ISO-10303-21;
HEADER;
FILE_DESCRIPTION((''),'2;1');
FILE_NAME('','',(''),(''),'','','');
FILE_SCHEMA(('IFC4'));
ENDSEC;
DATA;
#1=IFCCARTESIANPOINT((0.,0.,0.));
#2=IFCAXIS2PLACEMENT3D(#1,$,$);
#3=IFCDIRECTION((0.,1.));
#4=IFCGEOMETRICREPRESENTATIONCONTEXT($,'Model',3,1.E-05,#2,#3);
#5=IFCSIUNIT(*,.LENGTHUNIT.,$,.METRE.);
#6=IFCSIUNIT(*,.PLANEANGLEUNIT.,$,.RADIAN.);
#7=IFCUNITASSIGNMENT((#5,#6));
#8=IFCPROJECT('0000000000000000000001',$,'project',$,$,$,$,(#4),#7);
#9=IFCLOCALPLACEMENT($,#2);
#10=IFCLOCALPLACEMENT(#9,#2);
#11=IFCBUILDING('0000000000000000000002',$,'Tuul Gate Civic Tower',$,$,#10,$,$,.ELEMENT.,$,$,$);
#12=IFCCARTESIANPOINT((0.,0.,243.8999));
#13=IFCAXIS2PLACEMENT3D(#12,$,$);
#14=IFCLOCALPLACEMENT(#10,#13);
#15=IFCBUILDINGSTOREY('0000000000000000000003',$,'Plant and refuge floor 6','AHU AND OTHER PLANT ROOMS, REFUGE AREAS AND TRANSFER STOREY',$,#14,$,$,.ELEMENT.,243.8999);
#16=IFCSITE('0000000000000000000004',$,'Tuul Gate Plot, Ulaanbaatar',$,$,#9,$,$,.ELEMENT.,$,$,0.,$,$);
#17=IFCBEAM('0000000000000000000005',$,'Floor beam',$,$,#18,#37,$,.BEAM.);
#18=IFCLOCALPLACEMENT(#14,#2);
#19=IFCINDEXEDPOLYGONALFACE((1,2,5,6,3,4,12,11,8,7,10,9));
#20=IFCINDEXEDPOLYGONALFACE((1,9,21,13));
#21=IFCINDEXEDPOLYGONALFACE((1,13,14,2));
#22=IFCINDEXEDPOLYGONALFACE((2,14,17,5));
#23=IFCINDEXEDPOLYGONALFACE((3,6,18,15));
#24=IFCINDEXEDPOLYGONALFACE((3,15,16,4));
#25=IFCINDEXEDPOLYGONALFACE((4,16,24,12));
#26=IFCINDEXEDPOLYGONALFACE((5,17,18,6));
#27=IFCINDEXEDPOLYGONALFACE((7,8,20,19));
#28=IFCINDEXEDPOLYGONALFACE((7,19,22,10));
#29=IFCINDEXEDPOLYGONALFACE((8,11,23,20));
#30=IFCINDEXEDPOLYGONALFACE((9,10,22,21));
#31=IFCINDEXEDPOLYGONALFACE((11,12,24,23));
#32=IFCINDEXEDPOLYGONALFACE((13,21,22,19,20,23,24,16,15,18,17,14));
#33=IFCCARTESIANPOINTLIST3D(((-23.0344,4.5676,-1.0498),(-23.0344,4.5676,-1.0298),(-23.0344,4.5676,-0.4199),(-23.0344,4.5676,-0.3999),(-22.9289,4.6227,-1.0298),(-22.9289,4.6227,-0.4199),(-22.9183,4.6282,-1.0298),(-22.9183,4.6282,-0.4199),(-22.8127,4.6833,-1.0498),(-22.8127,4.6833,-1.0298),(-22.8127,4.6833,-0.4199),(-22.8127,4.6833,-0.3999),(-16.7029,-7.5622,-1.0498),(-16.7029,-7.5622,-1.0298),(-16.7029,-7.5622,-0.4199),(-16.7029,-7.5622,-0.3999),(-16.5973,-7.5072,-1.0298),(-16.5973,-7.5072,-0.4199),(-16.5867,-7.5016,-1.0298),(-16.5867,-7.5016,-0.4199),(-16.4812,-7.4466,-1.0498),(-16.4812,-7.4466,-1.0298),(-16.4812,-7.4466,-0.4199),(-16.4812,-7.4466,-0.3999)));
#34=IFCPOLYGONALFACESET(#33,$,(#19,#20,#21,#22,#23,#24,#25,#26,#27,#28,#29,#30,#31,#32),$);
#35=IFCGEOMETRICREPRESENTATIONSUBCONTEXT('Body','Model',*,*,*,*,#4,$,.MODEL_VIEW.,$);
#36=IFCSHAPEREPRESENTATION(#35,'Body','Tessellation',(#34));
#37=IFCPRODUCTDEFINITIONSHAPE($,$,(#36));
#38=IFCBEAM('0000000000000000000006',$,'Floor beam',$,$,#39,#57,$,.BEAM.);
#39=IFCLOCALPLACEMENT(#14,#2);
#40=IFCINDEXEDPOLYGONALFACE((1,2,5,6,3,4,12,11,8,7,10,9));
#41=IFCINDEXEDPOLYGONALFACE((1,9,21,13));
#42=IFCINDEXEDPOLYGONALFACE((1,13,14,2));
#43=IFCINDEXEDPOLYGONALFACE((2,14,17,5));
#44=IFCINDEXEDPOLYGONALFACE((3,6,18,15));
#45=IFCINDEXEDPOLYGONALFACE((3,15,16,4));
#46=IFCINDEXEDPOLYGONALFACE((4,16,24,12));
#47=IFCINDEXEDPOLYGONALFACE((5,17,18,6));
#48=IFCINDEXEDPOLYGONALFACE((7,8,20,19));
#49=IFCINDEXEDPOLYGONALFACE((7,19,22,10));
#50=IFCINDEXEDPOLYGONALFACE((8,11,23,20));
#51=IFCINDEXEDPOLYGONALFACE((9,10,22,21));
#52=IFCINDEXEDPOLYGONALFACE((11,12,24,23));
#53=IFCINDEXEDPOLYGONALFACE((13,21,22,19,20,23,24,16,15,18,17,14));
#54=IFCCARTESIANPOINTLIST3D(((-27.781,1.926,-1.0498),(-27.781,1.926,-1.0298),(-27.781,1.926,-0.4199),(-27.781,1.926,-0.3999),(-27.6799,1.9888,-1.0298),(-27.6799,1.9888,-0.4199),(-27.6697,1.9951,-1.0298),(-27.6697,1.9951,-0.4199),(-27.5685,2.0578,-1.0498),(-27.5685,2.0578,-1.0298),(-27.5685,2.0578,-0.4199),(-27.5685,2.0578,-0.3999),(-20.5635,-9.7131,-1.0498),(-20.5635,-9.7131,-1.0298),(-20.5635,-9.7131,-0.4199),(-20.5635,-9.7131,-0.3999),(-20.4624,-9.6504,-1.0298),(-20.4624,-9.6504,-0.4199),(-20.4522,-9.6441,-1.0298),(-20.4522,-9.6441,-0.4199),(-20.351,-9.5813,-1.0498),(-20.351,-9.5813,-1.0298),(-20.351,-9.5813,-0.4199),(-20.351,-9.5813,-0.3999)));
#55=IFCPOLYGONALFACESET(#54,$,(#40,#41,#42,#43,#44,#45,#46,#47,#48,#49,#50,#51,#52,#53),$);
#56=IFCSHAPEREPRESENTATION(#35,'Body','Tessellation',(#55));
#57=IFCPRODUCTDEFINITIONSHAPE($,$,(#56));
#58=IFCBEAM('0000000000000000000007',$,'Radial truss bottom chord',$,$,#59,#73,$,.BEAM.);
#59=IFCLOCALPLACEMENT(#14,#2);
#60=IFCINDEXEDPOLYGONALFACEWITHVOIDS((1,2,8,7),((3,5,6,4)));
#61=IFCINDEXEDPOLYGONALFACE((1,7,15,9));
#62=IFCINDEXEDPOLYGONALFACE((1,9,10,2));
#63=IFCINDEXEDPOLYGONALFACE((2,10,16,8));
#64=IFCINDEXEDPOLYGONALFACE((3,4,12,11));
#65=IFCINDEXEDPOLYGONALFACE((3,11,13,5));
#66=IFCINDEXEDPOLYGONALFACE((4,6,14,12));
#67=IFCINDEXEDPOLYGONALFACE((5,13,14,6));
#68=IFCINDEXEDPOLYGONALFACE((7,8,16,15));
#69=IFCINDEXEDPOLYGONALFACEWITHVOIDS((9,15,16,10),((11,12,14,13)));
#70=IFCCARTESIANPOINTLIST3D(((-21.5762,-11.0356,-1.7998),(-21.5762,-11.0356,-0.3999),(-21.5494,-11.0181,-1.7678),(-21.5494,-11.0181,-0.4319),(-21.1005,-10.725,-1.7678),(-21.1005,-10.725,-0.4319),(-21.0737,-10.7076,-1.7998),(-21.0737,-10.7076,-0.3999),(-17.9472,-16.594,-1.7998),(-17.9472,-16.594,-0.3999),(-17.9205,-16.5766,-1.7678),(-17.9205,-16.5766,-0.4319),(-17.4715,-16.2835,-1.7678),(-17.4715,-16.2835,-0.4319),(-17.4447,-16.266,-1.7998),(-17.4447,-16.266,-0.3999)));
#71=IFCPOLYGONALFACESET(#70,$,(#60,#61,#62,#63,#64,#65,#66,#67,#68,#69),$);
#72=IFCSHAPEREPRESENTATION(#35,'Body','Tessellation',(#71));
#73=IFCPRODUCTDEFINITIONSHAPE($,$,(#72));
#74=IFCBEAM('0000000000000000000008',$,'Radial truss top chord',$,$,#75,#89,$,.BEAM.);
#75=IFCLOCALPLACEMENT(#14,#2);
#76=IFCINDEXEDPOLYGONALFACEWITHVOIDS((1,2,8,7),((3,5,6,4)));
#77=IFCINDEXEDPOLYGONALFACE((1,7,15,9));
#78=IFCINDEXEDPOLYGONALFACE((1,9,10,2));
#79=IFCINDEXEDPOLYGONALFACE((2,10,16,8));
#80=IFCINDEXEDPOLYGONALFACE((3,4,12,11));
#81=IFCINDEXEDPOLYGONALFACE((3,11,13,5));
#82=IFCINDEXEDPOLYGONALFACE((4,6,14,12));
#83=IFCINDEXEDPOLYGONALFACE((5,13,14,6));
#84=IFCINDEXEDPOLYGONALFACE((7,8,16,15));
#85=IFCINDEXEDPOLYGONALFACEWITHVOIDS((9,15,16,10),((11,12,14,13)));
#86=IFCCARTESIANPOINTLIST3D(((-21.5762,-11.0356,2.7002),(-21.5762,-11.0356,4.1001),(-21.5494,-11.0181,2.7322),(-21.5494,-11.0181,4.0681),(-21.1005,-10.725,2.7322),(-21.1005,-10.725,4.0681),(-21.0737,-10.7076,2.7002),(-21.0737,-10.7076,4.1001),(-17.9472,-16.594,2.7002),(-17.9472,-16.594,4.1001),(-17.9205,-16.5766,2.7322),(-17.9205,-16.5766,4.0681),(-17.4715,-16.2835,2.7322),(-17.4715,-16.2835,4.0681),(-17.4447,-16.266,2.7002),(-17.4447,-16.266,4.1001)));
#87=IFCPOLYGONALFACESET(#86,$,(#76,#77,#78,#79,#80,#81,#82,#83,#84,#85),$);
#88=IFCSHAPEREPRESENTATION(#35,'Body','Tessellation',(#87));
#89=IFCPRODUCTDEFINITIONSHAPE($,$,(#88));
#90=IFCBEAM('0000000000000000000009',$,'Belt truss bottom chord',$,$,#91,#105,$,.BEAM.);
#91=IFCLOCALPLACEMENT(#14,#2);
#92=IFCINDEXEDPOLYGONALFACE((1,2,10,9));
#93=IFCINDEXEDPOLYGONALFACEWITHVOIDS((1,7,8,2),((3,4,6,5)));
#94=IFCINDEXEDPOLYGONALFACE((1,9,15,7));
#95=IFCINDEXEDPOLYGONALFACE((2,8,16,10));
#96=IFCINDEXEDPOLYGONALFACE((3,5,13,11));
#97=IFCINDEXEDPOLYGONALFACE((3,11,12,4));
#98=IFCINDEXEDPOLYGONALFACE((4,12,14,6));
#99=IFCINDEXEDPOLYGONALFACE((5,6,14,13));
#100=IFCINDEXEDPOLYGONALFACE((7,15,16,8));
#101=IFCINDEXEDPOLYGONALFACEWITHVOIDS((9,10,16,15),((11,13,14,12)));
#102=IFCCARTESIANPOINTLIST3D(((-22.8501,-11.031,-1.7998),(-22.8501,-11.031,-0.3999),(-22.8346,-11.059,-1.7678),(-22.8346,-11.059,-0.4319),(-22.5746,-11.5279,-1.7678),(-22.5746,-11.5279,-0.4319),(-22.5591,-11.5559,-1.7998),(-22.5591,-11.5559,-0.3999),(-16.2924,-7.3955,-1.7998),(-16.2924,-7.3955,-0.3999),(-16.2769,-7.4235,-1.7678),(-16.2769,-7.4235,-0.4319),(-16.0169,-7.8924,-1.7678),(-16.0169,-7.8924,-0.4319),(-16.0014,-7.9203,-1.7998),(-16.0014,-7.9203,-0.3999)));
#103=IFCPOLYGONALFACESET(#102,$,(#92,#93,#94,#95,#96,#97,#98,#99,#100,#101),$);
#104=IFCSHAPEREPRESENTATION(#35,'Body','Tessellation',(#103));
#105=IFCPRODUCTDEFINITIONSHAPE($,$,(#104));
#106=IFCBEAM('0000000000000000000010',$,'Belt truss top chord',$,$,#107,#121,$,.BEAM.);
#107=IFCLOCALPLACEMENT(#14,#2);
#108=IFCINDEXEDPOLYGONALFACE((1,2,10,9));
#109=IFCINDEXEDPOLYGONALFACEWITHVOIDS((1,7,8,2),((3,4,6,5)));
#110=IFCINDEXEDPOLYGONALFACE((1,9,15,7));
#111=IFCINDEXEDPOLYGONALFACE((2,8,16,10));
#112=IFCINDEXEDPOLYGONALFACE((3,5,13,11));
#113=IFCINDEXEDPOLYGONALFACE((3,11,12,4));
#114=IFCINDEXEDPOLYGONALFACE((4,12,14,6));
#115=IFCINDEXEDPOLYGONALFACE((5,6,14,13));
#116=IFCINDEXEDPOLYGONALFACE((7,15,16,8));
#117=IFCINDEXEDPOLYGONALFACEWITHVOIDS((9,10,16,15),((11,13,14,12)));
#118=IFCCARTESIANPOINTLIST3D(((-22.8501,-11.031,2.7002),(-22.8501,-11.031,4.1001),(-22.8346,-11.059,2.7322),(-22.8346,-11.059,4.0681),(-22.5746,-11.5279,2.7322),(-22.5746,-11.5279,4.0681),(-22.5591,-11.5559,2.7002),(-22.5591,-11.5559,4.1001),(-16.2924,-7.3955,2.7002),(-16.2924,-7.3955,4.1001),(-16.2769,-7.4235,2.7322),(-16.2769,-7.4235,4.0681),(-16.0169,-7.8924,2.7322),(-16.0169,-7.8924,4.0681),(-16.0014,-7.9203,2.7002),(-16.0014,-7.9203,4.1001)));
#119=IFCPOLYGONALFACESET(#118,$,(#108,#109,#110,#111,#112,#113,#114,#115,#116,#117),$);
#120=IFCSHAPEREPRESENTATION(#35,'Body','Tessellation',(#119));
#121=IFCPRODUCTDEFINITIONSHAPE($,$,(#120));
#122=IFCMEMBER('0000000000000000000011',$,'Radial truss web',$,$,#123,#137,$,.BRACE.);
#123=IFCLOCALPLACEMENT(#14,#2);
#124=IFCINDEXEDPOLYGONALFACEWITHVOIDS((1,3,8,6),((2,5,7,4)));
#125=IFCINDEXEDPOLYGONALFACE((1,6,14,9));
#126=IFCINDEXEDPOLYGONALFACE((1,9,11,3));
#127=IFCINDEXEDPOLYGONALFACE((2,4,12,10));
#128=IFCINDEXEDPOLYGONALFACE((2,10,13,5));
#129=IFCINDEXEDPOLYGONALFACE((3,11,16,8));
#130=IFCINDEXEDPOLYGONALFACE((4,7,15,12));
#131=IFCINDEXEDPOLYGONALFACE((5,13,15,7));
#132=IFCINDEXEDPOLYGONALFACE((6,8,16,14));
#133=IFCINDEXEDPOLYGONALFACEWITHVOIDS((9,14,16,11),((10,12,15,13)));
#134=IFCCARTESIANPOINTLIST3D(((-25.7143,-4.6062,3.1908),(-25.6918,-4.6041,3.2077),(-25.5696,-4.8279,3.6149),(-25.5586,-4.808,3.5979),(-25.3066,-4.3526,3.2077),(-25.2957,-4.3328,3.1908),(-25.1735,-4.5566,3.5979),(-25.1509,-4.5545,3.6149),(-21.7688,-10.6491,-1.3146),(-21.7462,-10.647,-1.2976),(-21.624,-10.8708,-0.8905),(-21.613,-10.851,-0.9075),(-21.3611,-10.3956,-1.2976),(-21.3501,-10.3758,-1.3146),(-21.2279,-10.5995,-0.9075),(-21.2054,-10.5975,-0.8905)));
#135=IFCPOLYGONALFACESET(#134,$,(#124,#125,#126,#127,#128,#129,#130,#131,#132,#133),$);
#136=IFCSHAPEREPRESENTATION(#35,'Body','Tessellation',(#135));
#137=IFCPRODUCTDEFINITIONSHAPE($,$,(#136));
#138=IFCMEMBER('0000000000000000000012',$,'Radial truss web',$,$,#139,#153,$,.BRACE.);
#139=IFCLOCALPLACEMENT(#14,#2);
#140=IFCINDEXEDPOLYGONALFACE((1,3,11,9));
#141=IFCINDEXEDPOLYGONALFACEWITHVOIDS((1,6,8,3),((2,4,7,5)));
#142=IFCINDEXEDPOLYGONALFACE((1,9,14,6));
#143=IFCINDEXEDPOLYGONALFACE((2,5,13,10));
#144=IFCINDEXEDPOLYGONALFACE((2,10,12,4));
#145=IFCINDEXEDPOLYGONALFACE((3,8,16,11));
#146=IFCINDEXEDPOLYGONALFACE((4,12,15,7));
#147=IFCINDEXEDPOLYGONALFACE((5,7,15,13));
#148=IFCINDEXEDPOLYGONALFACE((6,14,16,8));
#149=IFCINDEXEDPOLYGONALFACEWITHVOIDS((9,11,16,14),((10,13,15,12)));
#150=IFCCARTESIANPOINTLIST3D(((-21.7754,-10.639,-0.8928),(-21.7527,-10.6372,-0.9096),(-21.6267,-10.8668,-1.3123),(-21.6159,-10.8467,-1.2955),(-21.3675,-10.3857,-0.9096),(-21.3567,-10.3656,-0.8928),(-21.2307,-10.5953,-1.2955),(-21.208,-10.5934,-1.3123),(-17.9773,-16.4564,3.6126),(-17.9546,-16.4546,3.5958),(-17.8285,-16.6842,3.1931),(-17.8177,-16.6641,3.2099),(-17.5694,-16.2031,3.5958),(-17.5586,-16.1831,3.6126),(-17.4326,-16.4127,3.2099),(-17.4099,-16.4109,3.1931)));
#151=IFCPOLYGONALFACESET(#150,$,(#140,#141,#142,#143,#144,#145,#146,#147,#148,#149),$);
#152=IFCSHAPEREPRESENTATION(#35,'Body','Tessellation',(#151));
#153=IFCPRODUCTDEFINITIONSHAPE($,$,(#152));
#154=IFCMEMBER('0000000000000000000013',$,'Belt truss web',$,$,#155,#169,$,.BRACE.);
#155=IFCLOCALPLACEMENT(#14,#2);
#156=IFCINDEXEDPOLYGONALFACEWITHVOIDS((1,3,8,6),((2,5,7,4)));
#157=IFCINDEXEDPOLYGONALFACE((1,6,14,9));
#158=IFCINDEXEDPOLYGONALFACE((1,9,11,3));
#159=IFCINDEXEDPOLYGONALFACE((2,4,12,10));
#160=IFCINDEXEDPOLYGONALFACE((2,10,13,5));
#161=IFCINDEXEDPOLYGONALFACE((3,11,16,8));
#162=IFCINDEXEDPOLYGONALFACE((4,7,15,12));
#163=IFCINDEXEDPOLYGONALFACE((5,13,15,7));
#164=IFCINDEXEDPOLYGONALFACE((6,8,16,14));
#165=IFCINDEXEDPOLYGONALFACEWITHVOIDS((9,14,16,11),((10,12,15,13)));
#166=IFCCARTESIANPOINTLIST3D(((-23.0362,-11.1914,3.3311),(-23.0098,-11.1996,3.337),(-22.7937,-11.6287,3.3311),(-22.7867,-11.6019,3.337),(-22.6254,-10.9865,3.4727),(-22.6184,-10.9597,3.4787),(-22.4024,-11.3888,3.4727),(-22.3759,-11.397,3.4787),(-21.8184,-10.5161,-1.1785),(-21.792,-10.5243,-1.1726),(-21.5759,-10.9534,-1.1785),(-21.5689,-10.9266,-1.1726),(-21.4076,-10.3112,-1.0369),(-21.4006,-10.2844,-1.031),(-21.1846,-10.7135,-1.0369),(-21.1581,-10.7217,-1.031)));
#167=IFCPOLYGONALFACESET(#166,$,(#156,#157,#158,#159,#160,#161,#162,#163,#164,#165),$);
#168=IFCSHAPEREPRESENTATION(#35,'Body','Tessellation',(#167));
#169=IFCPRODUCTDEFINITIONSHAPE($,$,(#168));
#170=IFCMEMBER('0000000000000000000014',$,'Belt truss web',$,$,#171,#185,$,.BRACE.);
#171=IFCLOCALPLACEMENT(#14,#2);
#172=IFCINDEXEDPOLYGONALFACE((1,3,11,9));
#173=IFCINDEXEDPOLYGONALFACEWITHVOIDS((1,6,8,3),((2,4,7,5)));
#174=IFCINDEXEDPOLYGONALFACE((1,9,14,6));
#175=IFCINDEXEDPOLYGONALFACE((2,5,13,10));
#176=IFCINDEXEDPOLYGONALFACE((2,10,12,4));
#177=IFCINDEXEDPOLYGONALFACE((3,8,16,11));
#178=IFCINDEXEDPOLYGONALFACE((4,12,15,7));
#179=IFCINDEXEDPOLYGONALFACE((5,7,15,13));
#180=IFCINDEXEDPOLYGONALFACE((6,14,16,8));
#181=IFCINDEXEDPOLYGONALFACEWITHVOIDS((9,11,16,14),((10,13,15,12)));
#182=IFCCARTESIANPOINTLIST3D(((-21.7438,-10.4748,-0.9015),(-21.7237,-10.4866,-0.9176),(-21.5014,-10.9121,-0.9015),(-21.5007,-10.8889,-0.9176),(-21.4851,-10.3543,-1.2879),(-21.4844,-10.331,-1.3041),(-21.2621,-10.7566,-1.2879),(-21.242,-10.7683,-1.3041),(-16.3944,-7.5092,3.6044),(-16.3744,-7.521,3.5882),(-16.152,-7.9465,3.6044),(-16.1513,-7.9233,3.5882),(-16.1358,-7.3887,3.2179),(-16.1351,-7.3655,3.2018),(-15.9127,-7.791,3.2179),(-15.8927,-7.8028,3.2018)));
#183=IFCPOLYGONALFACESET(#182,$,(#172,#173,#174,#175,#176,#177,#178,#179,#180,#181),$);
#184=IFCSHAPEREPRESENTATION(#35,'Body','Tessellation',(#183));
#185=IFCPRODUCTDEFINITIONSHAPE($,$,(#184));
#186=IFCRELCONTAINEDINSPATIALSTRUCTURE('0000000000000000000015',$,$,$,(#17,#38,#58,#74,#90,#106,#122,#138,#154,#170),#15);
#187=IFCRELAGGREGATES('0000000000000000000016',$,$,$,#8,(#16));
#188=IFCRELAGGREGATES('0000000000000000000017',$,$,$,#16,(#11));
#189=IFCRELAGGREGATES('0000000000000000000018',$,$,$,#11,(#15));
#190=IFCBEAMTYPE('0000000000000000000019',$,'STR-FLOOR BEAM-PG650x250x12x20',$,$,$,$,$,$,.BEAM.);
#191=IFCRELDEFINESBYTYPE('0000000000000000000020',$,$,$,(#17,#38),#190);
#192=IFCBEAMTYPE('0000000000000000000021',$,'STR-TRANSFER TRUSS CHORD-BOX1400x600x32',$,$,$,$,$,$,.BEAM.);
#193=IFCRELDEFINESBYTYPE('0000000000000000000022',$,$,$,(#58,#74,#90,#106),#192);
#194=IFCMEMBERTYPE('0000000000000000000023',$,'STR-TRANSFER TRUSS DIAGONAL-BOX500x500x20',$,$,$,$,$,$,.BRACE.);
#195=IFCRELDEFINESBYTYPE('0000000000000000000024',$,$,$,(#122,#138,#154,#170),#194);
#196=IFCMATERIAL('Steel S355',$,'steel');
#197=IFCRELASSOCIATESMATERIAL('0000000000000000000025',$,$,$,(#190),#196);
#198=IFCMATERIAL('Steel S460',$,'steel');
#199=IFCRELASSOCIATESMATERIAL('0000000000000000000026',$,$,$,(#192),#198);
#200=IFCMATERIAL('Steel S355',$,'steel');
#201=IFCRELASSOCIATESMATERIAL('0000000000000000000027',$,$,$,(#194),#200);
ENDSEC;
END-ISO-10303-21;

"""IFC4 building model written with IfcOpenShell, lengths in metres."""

from ifc_helpers import new_model, si_unit, direction, frame, origin, origin_2d, place, context, subcontext, project, spatial, hollow_rectangle, i_section, extrude, material, material_profile, profile_set, type_object, element, save


model = new_model("IFC4")

# Units and contexts
model_context = context("Model", 3, precision=1e-05, world=origin(), true_north=direction((0.0, 1.0)))
body_context = subcontext(model_context, "Body", "Model", "MODEL_VIEW")
ifc_project = project(units=[si_unit("LENGTHUNIT", "METRE"), si_unit("PLANEANGLEUNIT", "RADIAN")], contexts=[model_context])

# Site, building, storey
site_placement = place(None, origin())
site = spatial("IfcSite", under=ifc_project, at=site_placement, Name="Tuul Gate Plot, Ulaanbaatar", CompositionType="ELEMENT", RefElevation=0.0)
building_placement = place(site_placement, origin())
building = spatial("IfcBuilding", under=site, at=building_placement, Name="Tuul Gate Civic Tower", CompositionType="ELEMENT")
storey_placement = place(building_placement, frame((0.0, 0.0, 243.8999)))
storey = spatial("IfcBuildingStorey", under=building, at=storey_placement, Name="Plant and refuge floor 6", Description="AHU AND OTHER PLANT ROOMS, REFUGE AREAS AND TRANSFER STOREY", CompositionType="ELEMENT", Elevation=243.8999)

# Beams
ifc_material_1 = material(Name="Steel S355", Category="steel")
ifc_material_profile_1 = material_profile(ifc_material_1, i_section(OverallWidth=0.25, OverallDepth=0.6499, WebThickness=0.012, FlangeThickness=0.02, at=origin_2d()), Name="PG650x250x12x20")
ifc_profile_set_1 = profile_set([ifc_material_profile_1], Name="Steel S355")
beam_type_1 = type_object("IfcBeamType", Name="STR-FLOOR BEAM-PG650x250x12x20", PredefinedType="BEAM", material=ifc_profile_set_1)
beam_1_placement = place(storey_placement, frame((-16.592, -7.5044, -0.7249), z_axis=(-0.462733, 0.886498, 0.0), x_axis=(-0.886498, -0.462733, 0.0)))
element("IfcBeam", 1, at=beam_1_placement, inside=storey, type_object=beam_type_1, Name="Floor beam", PredefinedType="BEAM", context=body_context, shape_type="SweptSolid", body=[
    extrude(i_section(OverallWidth=0.25, OverallDepth=0.6499, WebThickness=0.012, FlangeThickness=0.02, at=origin_2d()), origin(), (0.0, 0.0, 1.0), 13.6829),
])
beam_2_placement = place(storey_placement, frame((-20.4573, -9.6472, -0.7249), z_axis=(-0.527006, 0.849862, 0.0), x_axis=(-0.849862, -0.527006, 0.0)))
element("IfcBeam", 2, at=beam_2_placement, inside=storey, type_object=beam_type_1, Name="Floor beam", PredefinedType="BEAM", context=body_context, shape_type="SweptSolid", body=[
    extrude(i_section(OverallWidth=0.25, OverallDepth=0.6499, WebThickness=0.012, FlangeThickness=0.02, at=origin_2d()), origin(), (0.0, 0.0, 1.0), 13.6953),
])
ifc_material_2 = material(Name="Steel S460", Category="steel")
ifc_material_profile_2 = material_profile(ifc_material_2, hollow_rectangle(XDim=0.6001, YDim=1.3999, WallThickness=0.032, at=origin_2d()), Name="BOX1400x600x32")
ifc_profile_set_2 = profile_set([ifc_material_profile_2], Name="Steel S460")
beam_type_2 = type_object("IfcBeamType", Name="STR-TRANSFER TRUSS CHORD-BOX1400x600x32", PredefinedType="BEAM", material=ifc_profile_set_2)
for number, where, z_axis, x_axis, name in (
    (3, (-21.325, -10.8716, -1.0999), (0.546679, -0.837342, 0.0), (0.837342, 0.546679, 0.0), "Radial truss bottom chord"),
    (4, (-21.325, -10.8716, 3.4001), (0.546679, -0.837342, 0.0), (0.837342, 0.546679, 0.0), "Radial truss top chord"),
):
    element("IfcBeam", number, at=place(storey_placement, frame(where, z_axis=z_axis, x_axis=x_axis)), inside=storey, type_object=beam_type_2, Name=name, PredefinedType="BEAM", context=body_context, shape_type="SweptSolid", body=[
        extrude(hollow_rectangle(XDim=0.6001, YDim=1.3999, WallThickness=0.032, at=origin_2d()), origin(), (0.0, 0.0, 1.0), 6.6382),
    ])
for number, where, z_axis, x_axis, name in (
    (5, (-22.7046, -11.2935, -1.0999), (0.874589, 0.484866, 0.0), (-0.484866, 0.874589, 0.0), "Belt truss bottom chord"),
    (6, (-22.7046, -11.2935, 3.4001), (0.874589, 0.484866, 0.0), (-0.484866, 0.874589, 0.0), "Belt truss top chord"),
):
    element("IfcBeam", number, at=place(storey_placement, frame(where, z_axis=z_axis, x_axis=x_axis)), inside=storey, type_object=beam_type_2, Name=name, PredefinedType="BEAM", context=body_context, shape_type="SweptSolid", body=[
        extrude(hollow_rectangle(XDim=0.6001, YDim=1.3999, WallThickness=0.032, at=origin_2d()), origin(), (0.0, 0.0, 1.0), 7.498),
    ])

# Members
ifc_material_3 = material(Name="Steel S355", Category="steel")
ifc_material_profile_3 = material_profile(ifc_material_3, hollow_rectangle(XDim=0.5, YDim=0.5, WallThickness=0.02, at=origin_2d()), Name="BOX500x500x20")
ifc_profile_set_3 = profile_set([ifc_material_profile_3], Name="Steel S355")
member_type_1 = type_object("IfcMemberType", Name="STR-TRANSFER TRUSS DIAGONAL-BOX500x500x20", PredefinedType="BRACE", material=ifc_profile_set_3)
member_1_placement = place(storey_placement, frame((-21.4871, -10.6233, -1.1025), z_axis=(-0.463756, 0.710283, 0.529556), x_axis=(-0.837326, -0.546704, 0.0)))
element("IfcMember", 7, at=member_1_placement, inside=storey, type_object=member_type_1, Name="Radial truss web", PredefinedType="BRACE", context=body_context, shape_type="SweptSolid", body=[
    extrude(hollow_rectangle(XDim=0.5, YDim=0.5, WallThickness=0.02, at=origin_2d()), origin(), (0.0, 0.0, 1.0), 8.5078),
])
member_2_placement = place(storey_placement, frame((-21.4917, -10.6162, -1.1025), z_axis=(0.458682, -0.702544, 0.544097), x_axis=(0.837337, 0.546687, 0.0)))
element("IfcMember", 8, at=member_2_placement, inside=storey, type_object=member_type_1, Name="Radial truss web", PredefinedType="BRACE", context=body_context, shape_type="SweptSolid", body=[
    extrude(hollow_rectangle(XDim=0.5, YDim=0.5, WallThickness=0.02, at=origin_2d()), origin(), (0.0, 0.0, 1.0), 8.2805),
])
member_3_placement = place(storey_placement, frame((-21.4883, -10.6189, -1.1047), z_axis=(-0.258024, -0.143082, 0.955485), x_axis=(0.484958, -0.874537, 0.0)))
element("IfcMember", 9, at=member_3_placement, inside=storey, type_object=member_type_1, Name="Belt truss web", PredefinedType="BRACE", context=body_context, shape_type="SweptSolid", body=[
    extrude(hollow_rectangle(XDim=0.5, YDim=0.5, WallThickness=0.02, at=origin_2d()), origin(), (0.0, 0.0, 1.0), 4.7197),
])
member_4_placement = place(storey_placement, frame((-21.4929, -10.6216, -1.1028), z_axis=(0.70415, 0.390366, 0.593117), x_axis=(-0.484856, 0.874594, 0.0)))
element("IfcMember", 10, at=member_4_placement, inside=storey, type_object=member_type_1, Name="Belt truss web", PredefinedType="BRACE", context=body_context, shape_type="SweptSolid", body=[
    extrude(hollow_rectangle(XDim=0.5, YDim=0.5, WallThickness=0.02, at=origin_2d()), origin(), (0.0, 0.0, 1.0), 7.5969),
])

save(model, "model.ifc")
